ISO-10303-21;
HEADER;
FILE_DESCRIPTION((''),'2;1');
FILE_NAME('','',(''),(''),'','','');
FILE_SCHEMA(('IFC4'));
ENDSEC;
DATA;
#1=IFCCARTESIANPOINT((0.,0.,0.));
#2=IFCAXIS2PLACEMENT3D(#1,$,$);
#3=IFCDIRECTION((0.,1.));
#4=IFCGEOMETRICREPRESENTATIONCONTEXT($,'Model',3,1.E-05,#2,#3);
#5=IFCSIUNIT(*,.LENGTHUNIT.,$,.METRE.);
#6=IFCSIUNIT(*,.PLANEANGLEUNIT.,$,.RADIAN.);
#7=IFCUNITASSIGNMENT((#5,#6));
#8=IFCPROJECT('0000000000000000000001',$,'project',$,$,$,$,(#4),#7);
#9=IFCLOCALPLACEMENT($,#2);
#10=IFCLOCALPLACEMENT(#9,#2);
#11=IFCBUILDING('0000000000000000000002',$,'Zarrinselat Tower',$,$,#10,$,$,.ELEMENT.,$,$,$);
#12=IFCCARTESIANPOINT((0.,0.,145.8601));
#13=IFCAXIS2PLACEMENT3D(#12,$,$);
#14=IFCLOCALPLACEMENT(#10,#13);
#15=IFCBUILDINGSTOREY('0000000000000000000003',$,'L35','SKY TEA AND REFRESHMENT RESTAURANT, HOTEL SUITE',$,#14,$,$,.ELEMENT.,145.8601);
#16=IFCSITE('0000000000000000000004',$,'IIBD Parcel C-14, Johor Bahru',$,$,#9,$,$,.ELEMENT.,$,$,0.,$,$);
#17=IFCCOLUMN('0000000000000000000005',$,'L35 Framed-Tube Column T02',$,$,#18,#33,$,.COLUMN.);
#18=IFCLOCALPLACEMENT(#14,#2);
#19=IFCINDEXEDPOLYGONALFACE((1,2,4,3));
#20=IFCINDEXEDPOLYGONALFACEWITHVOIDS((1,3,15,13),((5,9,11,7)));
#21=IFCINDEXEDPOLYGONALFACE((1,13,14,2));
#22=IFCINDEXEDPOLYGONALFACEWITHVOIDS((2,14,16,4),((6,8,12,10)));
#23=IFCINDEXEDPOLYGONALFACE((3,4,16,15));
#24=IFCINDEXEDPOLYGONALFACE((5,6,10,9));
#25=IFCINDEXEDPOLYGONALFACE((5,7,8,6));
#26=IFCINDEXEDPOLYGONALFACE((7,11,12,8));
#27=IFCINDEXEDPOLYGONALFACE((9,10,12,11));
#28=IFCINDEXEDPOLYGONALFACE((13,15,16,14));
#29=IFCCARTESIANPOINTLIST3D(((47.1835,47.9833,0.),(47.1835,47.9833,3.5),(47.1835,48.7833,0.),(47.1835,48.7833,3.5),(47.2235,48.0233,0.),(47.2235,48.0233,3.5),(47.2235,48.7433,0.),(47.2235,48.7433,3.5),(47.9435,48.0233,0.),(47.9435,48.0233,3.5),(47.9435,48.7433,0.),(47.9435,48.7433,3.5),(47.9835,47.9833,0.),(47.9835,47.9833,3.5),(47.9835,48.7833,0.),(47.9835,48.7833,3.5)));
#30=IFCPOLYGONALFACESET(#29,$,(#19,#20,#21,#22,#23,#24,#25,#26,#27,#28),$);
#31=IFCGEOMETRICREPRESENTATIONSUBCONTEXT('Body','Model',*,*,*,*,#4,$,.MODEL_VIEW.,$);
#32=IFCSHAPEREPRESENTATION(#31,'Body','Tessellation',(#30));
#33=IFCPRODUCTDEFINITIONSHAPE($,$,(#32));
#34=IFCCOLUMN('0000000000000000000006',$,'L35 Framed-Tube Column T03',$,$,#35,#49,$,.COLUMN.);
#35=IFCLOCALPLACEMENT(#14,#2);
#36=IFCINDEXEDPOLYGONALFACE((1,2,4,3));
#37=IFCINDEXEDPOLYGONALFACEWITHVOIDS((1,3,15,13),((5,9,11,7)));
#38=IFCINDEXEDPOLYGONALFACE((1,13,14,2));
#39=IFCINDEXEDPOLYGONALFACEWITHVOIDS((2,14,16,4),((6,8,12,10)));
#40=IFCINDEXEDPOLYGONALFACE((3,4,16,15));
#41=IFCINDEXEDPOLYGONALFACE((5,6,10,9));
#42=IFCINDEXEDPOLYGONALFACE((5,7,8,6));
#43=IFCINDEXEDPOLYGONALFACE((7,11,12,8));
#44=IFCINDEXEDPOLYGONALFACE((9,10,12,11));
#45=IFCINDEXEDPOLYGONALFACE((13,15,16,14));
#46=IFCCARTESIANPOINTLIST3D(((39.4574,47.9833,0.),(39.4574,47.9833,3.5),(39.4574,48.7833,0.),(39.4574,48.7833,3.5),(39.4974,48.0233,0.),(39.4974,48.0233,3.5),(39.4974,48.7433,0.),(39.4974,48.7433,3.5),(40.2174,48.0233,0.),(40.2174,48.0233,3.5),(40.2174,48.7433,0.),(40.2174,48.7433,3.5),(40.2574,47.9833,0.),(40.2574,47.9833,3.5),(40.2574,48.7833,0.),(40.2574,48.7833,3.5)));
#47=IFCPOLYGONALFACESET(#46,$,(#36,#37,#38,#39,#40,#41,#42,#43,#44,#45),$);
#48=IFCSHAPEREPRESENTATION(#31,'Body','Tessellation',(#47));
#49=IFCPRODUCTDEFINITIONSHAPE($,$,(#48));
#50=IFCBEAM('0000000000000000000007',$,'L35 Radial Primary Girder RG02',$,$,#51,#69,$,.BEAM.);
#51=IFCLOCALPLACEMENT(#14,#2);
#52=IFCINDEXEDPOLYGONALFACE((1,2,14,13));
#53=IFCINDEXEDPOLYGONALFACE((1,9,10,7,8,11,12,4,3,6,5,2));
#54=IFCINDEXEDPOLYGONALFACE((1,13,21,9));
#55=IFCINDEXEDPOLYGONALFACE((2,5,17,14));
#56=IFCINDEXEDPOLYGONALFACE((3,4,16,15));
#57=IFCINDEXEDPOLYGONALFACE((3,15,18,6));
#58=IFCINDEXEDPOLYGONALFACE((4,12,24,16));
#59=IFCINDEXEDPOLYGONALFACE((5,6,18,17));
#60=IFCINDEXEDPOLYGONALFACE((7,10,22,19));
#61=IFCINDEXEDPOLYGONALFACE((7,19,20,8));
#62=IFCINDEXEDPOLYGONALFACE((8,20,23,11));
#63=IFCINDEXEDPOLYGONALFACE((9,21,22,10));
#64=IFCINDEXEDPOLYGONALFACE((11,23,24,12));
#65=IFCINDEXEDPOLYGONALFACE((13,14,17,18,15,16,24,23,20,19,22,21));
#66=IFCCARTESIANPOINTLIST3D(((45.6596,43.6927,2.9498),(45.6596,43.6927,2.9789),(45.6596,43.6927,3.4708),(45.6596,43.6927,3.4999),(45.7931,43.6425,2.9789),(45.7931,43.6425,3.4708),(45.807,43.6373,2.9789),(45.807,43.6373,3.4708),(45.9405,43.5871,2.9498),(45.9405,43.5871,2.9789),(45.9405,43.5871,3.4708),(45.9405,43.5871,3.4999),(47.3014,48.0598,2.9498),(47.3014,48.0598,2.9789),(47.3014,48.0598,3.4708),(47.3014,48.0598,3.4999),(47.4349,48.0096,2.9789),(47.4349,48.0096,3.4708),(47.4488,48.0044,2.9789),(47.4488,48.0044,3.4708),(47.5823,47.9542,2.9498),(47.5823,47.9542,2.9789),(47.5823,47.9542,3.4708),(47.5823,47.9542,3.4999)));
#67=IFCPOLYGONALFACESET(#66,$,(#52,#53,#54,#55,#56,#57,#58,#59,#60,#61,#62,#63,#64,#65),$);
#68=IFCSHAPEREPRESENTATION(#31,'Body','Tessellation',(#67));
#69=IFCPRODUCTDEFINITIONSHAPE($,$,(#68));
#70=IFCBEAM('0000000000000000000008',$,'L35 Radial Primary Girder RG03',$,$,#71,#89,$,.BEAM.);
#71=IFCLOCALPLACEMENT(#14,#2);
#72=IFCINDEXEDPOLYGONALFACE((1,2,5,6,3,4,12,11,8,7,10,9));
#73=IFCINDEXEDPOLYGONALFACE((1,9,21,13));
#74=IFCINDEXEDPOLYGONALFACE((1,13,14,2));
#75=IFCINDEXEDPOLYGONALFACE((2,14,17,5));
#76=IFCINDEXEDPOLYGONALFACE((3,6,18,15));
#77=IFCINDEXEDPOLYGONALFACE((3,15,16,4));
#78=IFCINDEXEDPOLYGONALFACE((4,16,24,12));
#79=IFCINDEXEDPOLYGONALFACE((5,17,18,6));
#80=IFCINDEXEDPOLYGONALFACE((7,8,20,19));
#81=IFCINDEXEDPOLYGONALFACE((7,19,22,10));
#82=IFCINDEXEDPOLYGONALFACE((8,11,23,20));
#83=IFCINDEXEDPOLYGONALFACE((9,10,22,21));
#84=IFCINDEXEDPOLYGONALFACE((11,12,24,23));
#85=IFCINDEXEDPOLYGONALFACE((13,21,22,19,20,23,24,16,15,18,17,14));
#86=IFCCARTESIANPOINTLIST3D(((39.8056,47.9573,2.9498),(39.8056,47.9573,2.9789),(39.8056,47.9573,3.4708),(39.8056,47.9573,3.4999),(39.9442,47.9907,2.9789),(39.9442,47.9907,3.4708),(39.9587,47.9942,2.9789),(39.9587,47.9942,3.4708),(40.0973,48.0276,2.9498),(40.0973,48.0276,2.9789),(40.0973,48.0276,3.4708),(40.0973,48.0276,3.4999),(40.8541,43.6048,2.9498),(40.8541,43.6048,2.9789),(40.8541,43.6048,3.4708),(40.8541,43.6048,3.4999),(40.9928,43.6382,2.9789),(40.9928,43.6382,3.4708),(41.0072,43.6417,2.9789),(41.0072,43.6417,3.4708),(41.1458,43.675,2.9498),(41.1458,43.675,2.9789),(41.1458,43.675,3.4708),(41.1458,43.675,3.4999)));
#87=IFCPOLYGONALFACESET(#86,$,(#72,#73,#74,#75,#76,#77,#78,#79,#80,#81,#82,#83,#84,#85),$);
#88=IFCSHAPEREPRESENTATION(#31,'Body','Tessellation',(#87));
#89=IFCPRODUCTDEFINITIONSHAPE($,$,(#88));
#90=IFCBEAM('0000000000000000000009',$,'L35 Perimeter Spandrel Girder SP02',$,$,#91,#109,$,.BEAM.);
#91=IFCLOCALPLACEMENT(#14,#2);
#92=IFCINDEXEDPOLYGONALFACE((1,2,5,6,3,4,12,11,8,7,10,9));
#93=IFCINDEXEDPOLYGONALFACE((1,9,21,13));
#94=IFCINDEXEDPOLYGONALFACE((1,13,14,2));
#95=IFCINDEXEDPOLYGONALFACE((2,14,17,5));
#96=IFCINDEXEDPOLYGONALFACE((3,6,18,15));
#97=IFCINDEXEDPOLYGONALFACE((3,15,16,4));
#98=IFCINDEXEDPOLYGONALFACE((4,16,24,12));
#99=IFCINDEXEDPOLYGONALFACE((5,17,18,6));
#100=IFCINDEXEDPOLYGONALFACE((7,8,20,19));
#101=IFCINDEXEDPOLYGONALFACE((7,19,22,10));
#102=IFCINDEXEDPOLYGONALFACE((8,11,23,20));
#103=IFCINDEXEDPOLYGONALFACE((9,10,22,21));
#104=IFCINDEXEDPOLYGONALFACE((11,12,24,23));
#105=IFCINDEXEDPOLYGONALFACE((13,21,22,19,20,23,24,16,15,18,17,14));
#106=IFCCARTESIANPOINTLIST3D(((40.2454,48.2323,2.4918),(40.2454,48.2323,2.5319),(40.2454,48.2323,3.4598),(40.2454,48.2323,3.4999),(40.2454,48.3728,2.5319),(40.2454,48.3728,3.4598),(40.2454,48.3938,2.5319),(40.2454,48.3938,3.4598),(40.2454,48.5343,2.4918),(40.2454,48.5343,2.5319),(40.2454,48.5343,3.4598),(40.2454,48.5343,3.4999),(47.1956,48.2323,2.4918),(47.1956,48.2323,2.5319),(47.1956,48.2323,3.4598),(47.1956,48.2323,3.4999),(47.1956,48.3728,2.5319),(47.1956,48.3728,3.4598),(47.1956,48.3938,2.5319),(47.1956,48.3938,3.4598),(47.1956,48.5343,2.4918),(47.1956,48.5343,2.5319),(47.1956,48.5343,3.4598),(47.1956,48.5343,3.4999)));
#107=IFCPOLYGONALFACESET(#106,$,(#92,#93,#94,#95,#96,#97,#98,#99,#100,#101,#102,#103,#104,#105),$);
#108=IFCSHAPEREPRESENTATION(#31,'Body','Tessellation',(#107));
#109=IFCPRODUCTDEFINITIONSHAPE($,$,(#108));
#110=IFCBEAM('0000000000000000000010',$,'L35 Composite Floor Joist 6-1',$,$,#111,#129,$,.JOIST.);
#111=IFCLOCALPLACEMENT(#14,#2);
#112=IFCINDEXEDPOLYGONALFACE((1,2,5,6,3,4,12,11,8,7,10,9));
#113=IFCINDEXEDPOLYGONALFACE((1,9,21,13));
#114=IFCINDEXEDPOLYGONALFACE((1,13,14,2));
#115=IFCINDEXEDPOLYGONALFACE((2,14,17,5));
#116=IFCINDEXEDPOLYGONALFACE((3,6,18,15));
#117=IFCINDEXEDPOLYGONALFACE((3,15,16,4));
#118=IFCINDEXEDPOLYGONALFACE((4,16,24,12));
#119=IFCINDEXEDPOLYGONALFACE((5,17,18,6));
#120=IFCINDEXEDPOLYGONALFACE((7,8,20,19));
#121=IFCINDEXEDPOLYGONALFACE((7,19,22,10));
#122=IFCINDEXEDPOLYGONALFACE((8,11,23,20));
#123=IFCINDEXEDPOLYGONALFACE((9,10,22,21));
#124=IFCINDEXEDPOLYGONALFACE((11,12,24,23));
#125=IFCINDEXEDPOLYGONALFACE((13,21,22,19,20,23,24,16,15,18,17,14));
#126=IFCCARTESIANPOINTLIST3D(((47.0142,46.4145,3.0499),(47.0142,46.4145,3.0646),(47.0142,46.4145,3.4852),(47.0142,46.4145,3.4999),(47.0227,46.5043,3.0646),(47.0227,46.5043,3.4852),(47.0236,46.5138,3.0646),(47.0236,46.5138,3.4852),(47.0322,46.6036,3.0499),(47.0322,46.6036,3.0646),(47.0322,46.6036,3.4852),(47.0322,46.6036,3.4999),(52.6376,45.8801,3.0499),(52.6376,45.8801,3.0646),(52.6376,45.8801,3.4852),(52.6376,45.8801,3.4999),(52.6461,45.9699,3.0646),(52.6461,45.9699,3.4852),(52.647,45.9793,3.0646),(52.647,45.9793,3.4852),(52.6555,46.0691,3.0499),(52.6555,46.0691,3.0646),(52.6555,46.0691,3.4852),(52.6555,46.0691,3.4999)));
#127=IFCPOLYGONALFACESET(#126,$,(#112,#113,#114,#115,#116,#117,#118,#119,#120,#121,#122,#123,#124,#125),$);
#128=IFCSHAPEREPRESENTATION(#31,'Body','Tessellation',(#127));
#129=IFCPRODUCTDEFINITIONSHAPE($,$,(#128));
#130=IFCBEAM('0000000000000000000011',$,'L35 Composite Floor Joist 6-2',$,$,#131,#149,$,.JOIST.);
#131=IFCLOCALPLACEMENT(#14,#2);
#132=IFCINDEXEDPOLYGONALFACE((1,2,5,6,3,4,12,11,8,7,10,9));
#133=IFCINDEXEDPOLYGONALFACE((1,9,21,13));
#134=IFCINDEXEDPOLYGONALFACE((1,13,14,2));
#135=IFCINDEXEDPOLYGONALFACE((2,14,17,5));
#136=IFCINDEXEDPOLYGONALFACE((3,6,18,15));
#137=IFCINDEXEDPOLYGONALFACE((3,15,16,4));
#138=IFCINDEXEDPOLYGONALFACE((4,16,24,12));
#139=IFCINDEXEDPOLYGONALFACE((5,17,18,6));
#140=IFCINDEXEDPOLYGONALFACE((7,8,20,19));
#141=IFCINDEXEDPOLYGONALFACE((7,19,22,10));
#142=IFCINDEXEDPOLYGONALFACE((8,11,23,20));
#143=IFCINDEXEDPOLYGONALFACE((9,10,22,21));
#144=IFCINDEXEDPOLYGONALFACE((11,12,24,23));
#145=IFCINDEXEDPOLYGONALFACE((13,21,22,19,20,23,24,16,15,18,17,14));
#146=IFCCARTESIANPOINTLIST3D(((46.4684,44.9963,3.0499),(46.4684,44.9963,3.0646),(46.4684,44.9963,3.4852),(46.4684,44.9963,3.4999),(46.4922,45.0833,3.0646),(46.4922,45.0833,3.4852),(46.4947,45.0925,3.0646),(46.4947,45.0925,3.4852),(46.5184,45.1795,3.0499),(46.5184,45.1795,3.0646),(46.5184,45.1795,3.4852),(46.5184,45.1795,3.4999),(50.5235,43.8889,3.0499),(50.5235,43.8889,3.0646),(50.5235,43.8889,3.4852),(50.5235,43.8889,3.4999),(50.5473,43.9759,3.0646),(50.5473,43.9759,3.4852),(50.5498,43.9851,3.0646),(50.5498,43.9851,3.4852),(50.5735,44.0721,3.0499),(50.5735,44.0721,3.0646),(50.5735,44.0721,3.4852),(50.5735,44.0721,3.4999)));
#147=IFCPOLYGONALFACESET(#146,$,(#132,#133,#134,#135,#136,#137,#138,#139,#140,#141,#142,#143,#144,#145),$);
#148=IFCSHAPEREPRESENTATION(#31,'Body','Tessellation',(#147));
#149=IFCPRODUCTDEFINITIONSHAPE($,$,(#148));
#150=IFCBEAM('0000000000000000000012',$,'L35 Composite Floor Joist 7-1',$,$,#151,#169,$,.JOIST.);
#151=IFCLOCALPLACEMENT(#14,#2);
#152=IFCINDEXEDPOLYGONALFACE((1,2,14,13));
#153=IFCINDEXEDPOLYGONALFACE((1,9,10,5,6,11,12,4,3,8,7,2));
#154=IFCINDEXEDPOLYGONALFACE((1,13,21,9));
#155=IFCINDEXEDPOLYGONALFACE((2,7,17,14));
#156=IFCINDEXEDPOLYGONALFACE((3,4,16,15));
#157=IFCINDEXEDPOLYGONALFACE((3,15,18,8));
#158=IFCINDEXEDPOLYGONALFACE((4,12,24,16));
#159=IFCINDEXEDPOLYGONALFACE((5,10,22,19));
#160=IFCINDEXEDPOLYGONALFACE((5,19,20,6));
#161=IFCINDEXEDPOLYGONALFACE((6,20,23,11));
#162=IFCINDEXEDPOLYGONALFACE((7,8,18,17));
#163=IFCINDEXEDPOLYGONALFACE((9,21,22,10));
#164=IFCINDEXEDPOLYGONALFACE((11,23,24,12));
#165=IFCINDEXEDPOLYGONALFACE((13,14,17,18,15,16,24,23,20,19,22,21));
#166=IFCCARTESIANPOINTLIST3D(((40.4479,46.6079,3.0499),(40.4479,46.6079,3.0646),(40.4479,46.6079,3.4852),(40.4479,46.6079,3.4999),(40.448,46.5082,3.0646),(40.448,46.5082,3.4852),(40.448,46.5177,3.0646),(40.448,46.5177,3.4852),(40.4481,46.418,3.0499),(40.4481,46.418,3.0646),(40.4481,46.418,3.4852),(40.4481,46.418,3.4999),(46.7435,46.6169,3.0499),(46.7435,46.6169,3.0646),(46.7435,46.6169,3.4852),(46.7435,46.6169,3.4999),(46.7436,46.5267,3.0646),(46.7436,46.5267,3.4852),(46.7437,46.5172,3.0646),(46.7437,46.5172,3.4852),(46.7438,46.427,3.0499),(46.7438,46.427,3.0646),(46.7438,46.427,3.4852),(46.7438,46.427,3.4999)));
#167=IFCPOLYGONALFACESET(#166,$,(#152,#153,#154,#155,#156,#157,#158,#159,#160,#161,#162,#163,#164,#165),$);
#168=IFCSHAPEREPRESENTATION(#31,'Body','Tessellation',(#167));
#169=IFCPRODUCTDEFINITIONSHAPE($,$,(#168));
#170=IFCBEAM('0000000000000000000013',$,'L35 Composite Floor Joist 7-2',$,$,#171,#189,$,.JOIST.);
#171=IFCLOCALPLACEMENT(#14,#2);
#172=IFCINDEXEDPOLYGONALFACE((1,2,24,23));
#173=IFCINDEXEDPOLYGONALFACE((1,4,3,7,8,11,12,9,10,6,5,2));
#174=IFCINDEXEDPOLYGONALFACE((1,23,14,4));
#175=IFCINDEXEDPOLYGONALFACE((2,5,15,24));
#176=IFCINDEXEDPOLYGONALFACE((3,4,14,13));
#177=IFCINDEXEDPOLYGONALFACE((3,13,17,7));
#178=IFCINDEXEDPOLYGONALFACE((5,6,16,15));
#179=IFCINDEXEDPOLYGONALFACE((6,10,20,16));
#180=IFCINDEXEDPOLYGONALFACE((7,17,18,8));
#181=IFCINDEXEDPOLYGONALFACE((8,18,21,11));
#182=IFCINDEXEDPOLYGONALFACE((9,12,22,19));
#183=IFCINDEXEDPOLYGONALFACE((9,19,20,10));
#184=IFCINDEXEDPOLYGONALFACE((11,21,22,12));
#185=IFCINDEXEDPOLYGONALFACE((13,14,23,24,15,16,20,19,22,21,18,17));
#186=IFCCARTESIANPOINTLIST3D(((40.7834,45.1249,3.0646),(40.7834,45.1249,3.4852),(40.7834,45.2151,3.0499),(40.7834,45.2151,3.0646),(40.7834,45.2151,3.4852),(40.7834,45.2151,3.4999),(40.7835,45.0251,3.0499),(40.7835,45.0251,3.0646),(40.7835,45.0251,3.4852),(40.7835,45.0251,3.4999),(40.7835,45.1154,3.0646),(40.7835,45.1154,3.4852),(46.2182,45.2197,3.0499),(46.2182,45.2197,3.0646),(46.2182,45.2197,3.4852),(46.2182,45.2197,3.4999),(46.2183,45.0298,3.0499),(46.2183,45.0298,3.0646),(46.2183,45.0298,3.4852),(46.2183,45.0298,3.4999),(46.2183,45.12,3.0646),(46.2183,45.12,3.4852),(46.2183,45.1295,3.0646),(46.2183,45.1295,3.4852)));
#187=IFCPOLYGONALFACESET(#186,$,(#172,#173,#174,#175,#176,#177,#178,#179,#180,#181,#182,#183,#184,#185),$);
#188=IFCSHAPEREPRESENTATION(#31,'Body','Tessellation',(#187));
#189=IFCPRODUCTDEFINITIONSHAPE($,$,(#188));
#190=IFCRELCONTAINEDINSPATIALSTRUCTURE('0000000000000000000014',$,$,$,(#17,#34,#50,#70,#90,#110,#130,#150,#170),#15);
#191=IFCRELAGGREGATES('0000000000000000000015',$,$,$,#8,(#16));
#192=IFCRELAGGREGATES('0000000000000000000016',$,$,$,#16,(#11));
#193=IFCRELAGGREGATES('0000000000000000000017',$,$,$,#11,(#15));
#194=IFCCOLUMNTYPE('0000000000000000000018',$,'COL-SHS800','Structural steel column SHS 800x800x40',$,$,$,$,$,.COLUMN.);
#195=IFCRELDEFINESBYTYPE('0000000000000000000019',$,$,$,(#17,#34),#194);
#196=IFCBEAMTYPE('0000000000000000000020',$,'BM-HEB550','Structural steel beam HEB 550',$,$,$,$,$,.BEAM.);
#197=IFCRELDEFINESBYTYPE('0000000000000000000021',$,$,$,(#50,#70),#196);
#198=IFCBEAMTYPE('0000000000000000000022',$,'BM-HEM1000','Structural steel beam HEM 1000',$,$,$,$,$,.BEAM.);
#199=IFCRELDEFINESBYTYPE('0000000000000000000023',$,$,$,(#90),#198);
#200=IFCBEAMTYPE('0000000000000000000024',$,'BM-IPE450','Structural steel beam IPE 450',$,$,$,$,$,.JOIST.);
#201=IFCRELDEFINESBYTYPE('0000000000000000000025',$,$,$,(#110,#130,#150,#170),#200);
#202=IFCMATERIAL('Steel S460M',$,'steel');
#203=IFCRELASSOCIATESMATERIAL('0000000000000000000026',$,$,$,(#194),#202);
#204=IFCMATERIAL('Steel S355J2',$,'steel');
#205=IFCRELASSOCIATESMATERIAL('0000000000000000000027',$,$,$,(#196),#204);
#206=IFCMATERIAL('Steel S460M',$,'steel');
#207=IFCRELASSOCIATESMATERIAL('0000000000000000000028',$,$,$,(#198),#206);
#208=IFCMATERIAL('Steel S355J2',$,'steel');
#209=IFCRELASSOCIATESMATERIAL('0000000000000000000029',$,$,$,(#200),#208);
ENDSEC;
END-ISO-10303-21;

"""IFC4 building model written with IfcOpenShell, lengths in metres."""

from ifc_helpers import new_model, si_unit, direction, frame, origin, origin_2d, place, context, subcontext, project, spatial, hollow_rectangle, i_section, extrude, material, material_profile, profile_set, type_object, element, save


model = new_model("IFC4")

# Units and contexts
model_context = context("Model", 3, precision=1e-05, world=origin(), true_north=direction((0.0, 1.0)))
body_context = subcontext(model_context, "Body", "Model", "MODEL_VIEW")
ifc_project = project(units=[si_unit("LENGTHUNIT", "METRE"), si_unit("PLANEANGLEUNIT", "RADIAN")], contexts=[model_context])

# Site, building, storey
site_placement = place(None, origin())
site = spatial("IfcSite", under=ifc_project, at=site_placement, Name="IIBD Parcel C-14, Johor Bahru", CompositionType="ELEMENT", RefElevation=0.0)
building_placement = place(site_placement, origin())
building = spatial("IfcBuilding", under=site, at=building_placement, Name="Zarrinselat Tower", CompositionType="ELEMENT")
storey_placement = place(building_placement, frame((0.0, 0.0, 145.8601)))
storey = spatial("IfcBuildingStorey", under=building, at=storey_placement, Name="L35", Description="SKY TEA AND REFRESHMENT RESTAURANT, HOTEL SUITE", CompositionType="ELEMENT", Elevation=145.8601)

# Columns
ifc_material_1 = material(Name="Steel S460M", Category="steel")
ifc_material_profile_1 = material_profile(ifc_material_1, hollow_rectangle(XDim=0.8, YDim=0.8, WallThickness=0.04, at=origin_2d()), Name="SHS 800x800x40")
ifc_profile_set_1 = profile_set([ifc_material_profile_1], Name="Steel S460M")
column_type = type_object("IfcColumnType", Name="COL-SHS800", Description="Structural steel column SHS 800x800x40", PredefinedType="COLUMN", material=ifc_profile_set_1)
for number, where, z_axis, x_axis, name in (
    (1, (47.5835, 48.3833, 0.0), (0.0, 0.0, 1.0), (1.0, 0.0, 0.0), "L35 Framed-Tube Column T02"),
    (2, (39.8574, 48.3833, 0.0), (0.0, 0.0, 1.0), (1.0, 0.0, 0.0), "L35 Framed-Tube Column T03"),
):
    element("IfcColumn", number, at=place(storey_placement, frame(where, z_axis=z_axis, x_axis=x_axis)), inside=storey, type_object=column_type, Name=name, PredefinedType="COLUMN", context=body_context, shape_type="SweptSolid", body=[
        extrude(hollow_rectangle(XDim=0.8, YDim=0.8, WallThickness=0.04, at=origin_2d()), origin(), (0.0, 0.0, 1.0), 3.5),
    ])

# Beams
ifc_material_2 = material(Name="Steel S355J2", Category="steel")
ifc_material_profile_2 = material_profile(ifc_material_2, i_section(OverallWidth=0.3, OverallDepth=0.55, WebThickness=0.0149, FlangeThickness=0.0291, at=origin_2d()), Name="HEB 550")
ifc_profile_set_2 = profile_set([ifc_material_profile_2], Name="Steel S355J2")
beam_type_1 = type_object("IfcBeamType", Name="BM-HEB550", Description="Structural steel beam HEB 550", PredefinedType="BEAM", material=ifc_profile_set_2)
beam_1_placement = place(storey_placement, frame((45.8, 43.6399, 3.2249), z_axis=(0.351903, 0.936036, 0.0), x_axis=(-0.936036, 0.351903, 0.0)))
element("IfcBeam", 3, at=beam_1_placement, inside=storey, type_object=beam_type_1, Name="L35 Radial Primary Girder RG02", PredefinedType="BEAM", context=body_context, shape_type="SweptSolid", body=[
    extrude(i_section(OverallWidth=0.3, OverallDepth=0.55, WebThickness=0.0149, FlangeThickness=0.0291, at=origin_2d()), origin(), (0.0, 0.0, 1.0), 4.6655),
])
beam_2_placement = place(storey_placement, frame((39.9514, 47.9924, 3.2249), z_axis=(0.234212, -0.972185, 0.0), x_axis=(0.972185, 0.234212, 0.0)))
element("IfcBeam", 4, at=beam_2_placement, inside=storey, type_object=beam_type_1, Name="L35 Radial Primary Girder RG03", PredefinedType="BEAM", context=body_context, shape_type="SweptSolid", body=[
    extrude(i_section(OverallWidth=0.3, OverallDepth=0.55, WebThickness=0.0149, FlangeThickness=0.0291, at=origin_2d()), origin(), (0.0, 0.0, 1.0), 4.4771),
])
ifc_material_3 = material(Name="Steel S460M", Category="steel")
ifc_material_profile_3 = material_profile(ifc_material_3, i_section(OverallWidth=0.302, OverallDepth=1.0081, WebThickness=0.021, FlangeThickness=0.04, at=origin_2d()), Name="HEM 1000")
ifc_profile_set_3 = profile_set([ifc_material_profile_3], Name="Steel S460M")
beam_type_2 = type_object("IfcBeamType", Name="BM-HEM1000", Description="Structural steel beam HEM 1000", PredefinedType="BEAM", material=ifc_profile_set_3)
beam_3_placement = place(storey_placement, frame((40.2454, 48.3833, 2.9958), z_axis=(1.0, 0.0, 0.0), x_axis=(0.0, 1.0, 0.0)))
element("IfcBeam", 5, at=beam_3_placement, inside=storey, type_object=beam_type_2, Name="L35 Perimeter Spandrel Girder SP02", PredefinedType="BEAM", context=body_context, shape_type="SweptSolid", body=[
    extrude(i_section(OverallWidth=0.302, OverallDepth=1.0081, WebThickness=0.021, FlangeThickness=0.04, at=origin_2d()), origin(), (0.0, 0.0, 1.0), 6.9502),
])
ifc_material_4 = material(Name="Steel S355J2", Category="steel")
ifc_material_profile_4 = material_profile(ifc_material_4, i_section(OverallWidth=0.1899, OverallDepth=0.45, WebThickness=0.0095, FlangeThickness=0.0146, at=origin_2d()), Name="IPE 450")
ifc_profile_set_4 = profile_set([ifc_material_profile_4], Name="Steel S355J2")
beam_type_3 = type_object("IfcBeamType", Name="BM-IPE450", Description="Structural steel beam IPE 450", PredefinedType="JOIST", material=ifc_profile_set_4)
beam_4_placement = place(storey_placement, frame((47.0232, 46.509, 3.2749), z_axis=(0.995514, -0.094611, 0.0), x_axis=(0.094611, 0.995514, 0.0)))
element("IfcBeam", 6, at=beam_4_placement, inside=storey, type_object=beam_type_3, Name="L35 Composite Floor Joist 6-1", PredefinedType="JOIST", context=body_context, shape_type="SweptSolid", body=[
    extrude(i_section(OverallWidth=0.1899, OverallDepth=0.45, WebThickness=0.0095, FlangeThickness=0.0146, at=origin_2d()), origin(), (0.0, 0.0, 1.0), 5.6487),
])
beam_5_placement = place(storey_placement, frame((46.4934, 45.0879, 3.2749), z_axis=(0.964675, -0.263442, 0.0), x_axis=(0.263442, 0.964675, 0.0)))
element("IfcBeam", 7, at=beam_5_placement, inside=storey, type_object=beam_type_3, Name="L35 Composite Floor Joist 6-2", PredefinedType="JOIST", context=body_context, shape_type="SweptSolid", body=[
    extrude(i_section(OverallWidth=0.1899, OverallDepth=0.45, WebThickness=0.0095, FlangeThickness=0.0146, at=origin_2d()), origin(), (0.0, 0.0, 1.0), 4.2036),
])
beam_6_placement = place(storey_placement, frame((40.448, 46.5129, 3.2749), z_axis=(0.999999, 0.001435, 0.0), x_axis=(-0.001435, 0.999999, 0.0)))
element("IfcBeam", 8, at=beam_6_placement, inside=storey, type_object=beam_type_3, Name="L35 Composite Floor Joist 7-1", PredefinedType="JOIST", context=body_context, shape_type="SweptSolid", body=[
    extrude(i_section(OverallWidth=0.1899, OverallDepth=0.45, WebThickness=0.0095, FlangeThickness=0.0146, at=origin_2d()), origin(), (0.0, 0.0, 1.0), 6.2957),
])
beam_7_placement = place(storey_placement, frame((40.7834, 45.1201, 3.2749), z_axis=(1.0, 0.000854, 0.0), x_axis=(-0.000854, 1.0, 0.0)))
element("IfcBeam", 9, at=beam_7_placement, inside=storey, type_object=beam_type_3, Name="L35 Composite Floor Joist 7-2", PredefinedType="JOIST", context=body_context, shape_type="SweptSolid", body=[
    extrude(i_section(OverallWidth=0.1899, OverallDepth=0.45, WebThickness=0.0095, FlangeThickness=0.0146, at=origin_2d()), origin(), (0.0, 0.0, 1.0), 5.4348),
])

save(model, "model.ifc")
